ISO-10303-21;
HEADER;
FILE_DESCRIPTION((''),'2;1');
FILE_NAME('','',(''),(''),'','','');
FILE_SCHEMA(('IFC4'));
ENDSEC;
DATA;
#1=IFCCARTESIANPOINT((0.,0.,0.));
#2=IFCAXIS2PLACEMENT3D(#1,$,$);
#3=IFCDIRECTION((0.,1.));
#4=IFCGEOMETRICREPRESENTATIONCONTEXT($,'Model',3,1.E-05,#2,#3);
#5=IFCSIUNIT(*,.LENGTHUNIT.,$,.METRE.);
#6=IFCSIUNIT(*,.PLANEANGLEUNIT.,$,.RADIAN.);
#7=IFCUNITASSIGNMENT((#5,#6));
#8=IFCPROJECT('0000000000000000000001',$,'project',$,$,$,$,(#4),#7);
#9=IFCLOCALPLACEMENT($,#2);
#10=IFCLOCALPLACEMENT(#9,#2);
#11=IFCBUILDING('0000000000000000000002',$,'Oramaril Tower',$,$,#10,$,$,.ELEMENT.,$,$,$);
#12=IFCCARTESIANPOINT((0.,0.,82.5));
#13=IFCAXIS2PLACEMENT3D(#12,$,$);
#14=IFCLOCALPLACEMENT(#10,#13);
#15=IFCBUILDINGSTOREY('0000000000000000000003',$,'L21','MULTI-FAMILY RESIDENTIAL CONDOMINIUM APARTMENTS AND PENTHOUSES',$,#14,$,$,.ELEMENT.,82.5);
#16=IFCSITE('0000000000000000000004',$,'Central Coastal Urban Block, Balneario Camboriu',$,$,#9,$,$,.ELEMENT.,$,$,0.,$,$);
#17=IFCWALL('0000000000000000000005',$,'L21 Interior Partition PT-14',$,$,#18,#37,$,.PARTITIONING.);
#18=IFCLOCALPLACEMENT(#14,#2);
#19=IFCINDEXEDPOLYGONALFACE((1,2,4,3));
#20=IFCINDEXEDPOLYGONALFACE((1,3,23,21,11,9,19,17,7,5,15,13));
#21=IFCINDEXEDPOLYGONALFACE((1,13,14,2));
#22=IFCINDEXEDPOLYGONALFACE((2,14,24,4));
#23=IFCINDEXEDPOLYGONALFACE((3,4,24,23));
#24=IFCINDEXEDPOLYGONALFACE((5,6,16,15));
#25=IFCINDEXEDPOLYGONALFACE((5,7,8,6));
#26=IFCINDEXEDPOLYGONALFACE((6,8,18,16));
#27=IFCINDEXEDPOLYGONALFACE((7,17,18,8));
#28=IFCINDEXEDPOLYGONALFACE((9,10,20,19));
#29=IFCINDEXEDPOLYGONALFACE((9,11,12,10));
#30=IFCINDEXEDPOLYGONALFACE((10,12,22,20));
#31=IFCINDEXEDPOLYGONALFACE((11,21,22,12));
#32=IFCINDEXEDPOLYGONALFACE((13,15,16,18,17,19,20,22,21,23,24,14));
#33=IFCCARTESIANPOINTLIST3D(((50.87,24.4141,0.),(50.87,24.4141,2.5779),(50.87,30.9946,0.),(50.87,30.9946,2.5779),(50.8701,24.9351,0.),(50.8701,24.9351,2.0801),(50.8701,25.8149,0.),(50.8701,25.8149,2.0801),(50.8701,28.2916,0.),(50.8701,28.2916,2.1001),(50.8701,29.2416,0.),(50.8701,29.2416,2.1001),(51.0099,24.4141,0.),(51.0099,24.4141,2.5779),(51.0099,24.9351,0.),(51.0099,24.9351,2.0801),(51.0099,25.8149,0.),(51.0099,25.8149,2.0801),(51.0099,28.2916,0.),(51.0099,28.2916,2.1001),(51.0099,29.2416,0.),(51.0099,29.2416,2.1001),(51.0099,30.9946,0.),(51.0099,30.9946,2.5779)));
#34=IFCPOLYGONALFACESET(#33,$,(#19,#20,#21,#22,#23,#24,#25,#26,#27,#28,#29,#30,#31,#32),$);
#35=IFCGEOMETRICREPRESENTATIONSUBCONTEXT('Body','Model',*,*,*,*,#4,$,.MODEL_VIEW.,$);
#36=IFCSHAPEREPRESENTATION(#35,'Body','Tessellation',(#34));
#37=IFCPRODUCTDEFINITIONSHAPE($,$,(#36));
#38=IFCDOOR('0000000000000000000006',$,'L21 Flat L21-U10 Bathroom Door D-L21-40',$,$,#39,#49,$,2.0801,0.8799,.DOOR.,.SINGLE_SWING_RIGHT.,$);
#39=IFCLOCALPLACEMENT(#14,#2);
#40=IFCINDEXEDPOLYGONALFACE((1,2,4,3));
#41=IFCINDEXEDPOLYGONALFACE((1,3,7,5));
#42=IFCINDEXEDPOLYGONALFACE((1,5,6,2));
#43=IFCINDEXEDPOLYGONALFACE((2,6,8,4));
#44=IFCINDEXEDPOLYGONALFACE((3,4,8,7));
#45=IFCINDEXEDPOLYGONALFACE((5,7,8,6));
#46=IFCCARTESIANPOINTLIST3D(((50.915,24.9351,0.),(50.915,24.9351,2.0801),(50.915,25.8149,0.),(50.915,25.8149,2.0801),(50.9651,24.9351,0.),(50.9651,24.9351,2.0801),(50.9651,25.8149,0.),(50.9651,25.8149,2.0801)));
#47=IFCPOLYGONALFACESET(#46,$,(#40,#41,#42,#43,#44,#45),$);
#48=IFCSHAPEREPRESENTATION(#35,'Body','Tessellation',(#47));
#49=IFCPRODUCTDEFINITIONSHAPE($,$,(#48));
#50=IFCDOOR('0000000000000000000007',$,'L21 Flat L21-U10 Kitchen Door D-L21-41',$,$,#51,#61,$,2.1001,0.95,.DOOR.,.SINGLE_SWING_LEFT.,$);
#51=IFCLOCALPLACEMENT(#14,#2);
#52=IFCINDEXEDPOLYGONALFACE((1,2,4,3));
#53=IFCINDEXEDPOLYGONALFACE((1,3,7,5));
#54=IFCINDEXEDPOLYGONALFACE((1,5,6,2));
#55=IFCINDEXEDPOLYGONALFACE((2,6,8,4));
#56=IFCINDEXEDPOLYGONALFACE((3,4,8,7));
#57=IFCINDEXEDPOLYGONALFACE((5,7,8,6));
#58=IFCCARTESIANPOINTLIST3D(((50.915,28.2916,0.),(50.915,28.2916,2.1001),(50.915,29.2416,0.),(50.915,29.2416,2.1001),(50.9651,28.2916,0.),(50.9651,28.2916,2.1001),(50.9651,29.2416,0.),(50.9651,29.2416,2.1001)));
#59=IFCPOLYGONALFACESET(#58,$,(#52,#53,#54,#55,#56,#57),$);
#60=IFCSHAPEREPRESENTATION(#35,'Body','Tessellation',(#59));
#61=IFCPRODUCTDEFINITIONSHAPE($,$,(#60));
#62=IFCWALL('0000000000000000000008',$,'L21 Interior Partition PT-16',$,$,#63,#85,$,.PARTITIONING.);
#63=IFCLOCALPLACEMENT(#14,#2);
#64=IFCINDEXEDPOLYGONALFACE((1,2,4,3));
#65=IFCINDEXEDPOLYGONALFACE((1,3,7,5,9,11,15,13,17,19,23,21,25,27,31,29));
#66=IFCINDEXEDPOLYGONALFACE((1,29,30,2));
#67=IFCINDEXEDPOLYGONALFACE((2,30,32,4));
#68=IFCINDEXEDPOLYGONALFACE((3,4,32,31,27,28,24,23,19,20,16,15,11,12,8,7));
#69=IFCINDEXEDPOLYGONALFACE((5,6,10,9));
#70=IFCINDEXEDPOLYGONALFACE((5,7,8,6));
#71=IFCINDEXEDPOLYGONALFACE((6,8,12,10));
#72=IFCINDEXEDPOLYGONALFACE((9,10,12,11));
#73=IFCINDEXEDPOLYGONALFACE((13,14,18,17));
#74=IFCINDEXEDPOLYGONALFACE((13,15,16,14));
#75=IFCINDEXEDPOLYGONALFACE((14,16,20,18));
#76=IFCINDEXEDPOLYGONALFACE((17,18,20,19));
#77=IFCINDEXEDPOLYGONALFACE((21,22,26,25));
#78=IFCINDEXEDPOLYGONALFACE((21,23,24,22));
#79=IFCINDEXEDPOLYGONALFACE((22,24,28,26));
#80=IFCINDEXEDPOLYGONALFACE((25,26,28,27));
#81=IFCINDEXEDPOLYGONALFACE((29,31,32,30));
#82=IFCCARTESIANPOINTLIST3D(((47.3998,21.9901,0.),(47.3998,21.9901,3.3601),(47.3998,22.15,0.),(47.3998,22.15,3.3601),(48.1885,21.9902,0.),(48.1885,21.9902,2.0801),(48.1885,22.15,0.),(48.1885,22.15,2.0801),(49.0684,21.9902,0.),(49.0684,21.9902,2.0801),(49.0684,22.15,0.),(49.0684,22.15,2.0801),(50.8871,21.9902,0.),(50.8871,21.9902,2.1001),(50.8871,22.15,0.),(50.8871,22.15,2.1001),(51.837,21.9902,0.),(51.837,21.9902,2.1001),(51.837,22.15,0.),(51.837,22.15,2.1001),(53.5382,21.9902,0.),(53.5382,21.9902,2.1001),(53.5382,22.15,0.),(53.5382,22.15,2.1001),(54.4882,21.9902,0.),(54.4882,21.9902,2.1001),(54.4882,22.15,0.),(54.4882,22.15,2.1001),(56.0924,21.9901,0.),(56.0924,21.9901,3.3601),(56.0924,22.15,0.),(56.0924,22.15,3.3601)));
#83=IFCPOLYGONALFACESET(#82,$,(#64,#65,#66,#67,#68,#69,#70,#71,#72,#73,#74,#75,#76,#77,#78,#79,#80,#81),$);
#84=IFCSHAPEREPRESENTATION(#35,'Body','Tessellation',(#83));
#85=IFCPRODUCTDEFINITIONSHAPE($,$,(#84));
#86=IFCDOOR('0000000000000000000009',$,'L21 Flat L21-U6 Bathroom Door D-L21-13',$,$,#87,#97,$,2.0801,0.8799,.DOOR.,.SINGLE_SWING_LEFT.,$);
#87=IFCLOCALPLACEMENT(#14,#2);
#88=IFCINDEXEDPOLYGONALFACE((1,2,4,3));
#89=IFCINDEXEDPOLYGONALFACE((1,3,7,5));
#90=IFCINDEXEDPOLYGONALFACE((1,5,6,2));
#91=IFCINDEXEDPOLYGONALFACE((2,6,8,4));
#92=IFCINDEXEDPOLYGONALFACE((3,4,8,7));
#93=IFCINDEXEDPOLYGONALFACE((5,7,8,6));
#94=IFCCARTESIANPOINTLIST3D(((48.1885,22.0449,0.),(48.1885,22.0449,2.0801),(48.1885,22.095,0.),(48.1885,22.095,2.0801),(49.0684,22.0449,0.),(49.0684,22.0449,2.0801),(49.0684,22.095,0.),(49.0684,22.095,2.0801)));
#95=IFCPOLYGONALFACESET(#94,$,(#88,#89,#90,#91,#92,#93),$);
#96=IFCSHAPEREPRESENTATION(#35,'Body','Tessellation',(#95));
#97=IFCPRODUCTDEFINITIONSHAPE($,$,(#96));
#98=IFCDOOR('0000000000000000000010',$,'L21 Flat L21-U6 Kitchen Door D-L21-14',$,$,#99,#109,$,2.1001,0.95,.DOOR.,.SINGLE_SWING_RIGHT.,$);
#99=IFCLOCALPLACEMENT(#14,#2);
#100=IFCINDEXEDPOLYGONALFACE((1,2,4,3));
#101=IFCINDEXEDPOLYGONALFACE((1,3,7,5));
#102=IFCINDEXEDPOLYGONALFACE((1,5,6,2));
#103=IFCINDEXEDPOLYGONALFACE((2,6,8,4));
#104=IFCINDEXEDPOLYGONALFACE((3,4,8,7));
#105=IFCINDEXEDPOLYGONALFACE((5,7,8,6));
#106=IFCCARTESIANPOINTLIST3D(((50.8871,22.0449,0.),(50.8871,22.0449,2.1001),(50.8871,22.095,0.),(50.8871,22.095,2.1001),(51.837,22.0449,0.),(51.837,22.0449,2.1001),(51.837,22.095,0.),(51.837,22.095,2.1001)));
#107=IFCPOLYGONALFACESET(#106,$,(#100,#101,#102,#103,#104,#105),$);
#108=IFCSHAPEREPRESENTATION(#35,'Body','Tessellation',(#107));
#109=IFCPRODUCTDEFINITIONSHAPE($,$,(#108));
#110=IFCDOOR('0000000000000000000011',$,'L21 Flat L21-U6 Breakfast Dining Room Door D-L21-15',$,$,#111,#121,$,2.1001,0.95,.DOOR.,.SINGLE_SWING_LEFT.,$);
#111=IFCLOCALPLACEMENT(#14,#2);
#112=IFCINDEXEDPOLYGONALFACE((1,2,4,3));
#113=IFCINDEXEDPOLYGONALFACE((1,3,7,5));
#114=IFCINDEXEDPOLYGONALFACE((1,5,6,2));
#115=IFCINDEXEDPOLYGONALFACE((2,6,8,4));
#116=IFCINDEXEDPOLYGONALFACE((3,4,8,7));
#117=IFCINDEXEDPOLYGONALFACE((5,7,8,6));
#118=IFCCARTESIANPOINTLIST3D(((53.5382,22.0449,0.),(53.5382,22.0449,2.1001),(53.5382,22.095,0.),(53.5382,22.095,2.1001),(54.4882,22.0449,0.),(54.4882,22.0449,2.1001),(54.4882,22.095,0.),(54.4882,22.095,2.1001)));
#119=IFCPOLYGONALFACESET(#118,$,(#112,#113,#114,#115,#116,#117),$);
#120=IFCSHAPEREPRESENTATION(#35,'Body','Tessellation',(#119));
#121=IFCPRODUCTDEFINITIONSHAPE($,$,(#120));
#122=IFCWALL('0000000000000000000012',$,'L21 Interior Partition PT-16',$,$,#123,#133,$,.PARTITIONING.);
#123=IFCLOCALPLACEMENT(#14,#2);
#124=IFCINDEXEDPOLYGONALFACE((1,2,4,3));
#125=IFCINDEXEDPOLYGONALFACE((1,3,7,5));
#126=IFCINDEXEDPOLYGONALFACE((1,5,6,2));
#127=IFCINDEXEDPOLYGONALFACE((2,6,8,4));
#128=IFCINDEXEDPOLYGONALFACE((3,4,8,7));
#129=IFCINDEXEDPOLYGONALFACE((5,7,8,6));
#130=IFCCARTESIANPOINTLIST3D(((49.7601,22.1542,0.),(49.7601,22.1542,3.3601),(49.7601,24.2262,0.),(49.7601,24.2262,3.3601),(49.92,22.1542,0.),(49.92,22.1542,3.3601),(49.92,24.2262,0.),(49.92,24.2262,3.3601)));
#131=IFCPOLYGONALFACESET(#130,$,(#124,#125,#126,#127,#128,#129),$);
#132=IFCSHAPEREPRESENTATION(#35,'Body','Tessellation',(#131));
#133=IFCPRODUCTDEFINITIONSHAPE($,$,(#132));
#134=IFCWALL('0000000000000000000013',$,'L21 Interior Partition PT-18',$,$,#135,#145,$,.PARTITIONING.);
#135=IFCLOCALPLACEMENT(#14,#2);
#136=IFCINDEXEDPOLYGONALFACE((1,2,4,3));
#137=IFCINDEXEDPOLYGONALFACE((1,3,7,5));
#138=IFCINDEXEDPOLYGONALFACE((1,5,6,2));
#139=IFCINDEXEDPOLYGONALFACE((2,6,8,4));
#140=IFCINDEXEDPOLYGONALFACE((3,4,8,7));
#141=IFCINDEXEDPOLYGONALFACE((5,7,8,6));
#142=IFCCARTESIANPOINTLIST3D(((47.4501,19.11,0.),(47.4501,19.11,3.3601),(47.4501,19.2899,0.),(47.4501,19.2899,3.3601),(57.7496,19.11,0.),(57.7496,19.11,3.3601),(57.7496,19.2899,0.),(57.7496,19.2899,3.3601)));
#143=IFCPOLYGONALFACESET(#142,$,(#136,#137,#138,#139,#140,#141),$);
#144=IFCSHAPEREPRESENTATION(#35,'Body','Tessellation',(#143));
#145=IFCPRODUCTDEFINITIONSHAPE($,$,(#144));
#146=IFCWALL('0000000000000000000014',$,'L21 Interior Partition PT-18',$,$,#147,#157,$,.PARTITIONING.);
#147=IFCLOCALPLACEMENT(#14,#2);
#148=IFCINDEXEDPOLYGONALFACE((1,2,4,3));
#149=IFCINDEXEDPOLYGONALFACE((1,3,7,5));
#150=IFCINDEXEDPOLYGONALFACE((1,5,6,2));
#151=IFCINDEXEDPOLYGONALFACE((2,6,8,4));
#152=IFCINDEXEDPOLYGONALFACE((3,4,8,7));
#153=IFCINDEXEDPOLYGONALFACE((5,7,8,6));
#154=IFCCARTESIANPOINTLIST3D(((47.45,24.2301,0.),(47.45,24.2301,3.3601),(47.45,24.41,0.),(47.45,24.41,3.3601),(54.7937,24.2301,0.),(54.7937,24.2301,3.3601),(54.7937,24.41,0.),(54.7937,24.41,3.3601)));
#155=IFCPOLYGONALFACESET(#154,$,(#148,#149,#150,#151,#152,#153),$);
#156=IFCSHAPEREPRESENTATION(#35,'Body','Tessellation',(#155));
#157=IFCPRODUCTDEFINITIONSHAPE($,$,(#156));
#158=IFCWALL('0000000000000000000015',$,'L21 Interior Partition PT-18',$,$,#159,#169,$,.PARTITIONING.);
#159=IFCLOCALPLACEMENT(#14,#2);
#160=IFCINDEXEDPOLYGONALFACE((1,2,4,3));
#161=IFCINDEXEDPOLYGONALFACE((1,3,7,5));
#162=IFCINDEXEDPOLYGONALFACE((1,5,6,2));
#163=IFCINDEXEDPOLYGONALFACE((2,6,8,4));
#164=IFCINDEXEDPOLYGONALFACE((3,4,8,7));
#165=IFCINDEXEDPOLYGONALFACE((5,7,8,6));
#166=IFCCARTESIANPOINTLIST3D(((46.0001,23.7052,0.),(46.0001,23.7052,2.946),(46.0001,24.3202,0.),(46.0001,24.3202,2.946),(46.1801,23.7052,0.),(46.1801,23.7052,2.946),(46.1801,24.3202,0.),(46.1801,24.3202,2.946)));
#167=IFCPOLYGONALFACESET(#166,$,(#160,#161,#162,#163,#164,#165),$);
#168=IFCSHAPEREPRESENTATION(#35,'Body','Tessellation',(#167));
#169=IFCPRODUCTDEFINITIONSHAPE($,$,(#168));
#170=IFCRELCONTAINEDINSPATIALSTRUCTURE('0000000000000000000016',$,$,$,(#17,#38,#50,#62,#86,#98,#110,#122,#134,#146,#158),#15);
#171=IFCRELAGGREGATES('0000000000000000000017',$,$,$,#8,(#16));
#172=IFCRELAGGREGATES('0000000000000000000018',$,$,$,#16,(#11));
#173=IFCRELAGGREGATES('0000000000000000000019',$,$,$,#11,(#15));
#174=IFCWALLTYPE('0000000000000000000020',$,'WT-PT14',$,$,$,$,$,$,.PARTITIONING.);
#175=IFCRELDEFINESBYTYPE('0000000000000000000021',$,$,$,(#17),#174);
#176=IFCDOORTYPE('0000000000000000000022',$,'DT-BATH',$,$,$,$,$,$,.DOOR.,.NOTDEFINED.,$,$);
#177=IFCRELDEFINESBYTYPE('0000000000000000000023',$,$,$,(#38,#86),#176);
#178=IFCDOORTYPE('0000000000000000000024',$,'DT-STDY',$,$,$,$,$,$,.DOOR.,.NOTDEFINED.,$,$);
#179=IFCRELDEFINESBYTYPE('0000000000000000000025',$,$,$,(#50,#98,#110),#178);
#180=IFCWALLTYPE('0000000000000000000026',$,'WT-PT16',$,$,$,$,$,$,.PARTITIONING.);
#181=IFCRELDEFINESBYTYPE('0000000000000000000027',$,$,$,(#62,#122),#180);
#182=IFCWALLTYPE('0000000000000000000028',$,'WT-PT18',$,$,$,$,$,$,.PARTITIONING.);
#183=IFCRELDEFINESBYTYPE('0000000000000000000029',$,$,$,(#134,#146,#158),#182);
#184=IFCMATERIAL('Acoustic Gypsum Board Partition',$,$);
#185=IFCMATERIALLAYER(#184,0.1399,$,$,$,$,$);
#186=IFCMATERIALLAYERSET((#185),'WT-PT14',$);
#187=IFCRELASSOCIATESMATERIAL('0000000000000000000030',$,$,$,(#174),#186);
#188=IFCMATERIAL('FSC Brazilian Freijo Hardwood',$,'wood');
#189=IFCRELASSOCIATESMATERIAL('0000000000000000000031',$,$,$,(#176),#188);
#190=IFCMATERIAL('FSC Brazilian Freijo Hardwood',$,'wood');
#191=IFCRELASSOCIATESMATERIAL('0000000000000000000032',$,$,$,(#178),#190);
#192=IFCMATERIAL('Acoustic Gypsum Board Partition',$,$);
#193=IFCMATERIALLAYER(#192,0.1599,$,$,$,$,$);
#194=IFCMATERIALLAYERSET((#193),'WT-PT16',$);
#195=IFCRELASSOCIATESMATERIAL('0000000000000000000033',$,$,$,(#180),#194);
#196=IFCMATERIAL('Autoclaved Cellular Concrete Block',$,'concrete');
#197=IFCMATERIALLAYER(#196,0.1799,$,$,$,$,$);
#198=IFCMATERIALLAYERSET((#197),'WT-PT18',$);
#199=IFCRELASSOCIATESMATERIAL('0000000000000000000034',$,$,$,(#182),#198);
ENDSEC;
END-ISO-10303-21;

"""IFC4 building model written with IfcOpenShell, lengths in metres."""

from ifc_helpers import new_model, si_unit, direction, frame, frame_2d, origin, place, context, subcontext, project, spatial, rectangle, extrude, material, layer, layer_set, type_object, element, fill, save


model = new_model("IFC4")

# Units and contexts
model_context = context("Model", 3, precision=1e-05, world=origin(), true_north=direction((0.0, 1.0)))
body_context = subcontext(model_context, "Body", "Model", "MODEL_VIEW")
ifc_project = project(units=[si_unit("LENGTHUNIT", "METRE"), si_unit("PLANEANGLEUNIT", "RADIAN")], contexts=[model_context])

# Site, building, storey
site_placement = place(None, origin())
site = spatial("IfcSite", under=ifc_project, at=site_placement, Name="Central Coastal Urban Block, Balneario Camboriu", CompositionType="ELEMENT", RefElevation=0.0)
building_placement = place(site_placement, origin())
building = spatial("IfcBuilding", under=site, at=building_placement, Name="Oramaril Tower", CompositionType="ELEMENT")
storey_placement = place(building_placement, frame((0.0, 0.0, 82.5)))
storey = spatial("IfcBuildingStorey", under=building, at=storey_placement, Name="L21", Description="MULTI-FAMILY RESIDENTIAL CONDOMINIUM APARTMENTS AND PENTHOUSES", CompositionType="ELEMENT", Elevation=82.5)

# Walls, openings, doors
ifc_material_1 = material(Name="Acoustic Gypsum Board Partition")
ifc_layer_1 = layer(ifc_material_1, 0.1399)
ifc_layer_set_1 = layer_set([ifc_layer_1], Name="WT-PT14")
wall_type_1 = type_object("IfcWallType", Name="WT-PT14", PredefinedType="PARTITIONING", material=ifc_layer_set_1)
wall_1_placement = place(storey_placement, frame((50.9399, 24.4141, 0.0), z_axis=(0.0, 0.0, 1.0), x_axis=(0.0, 1.0, 0.0)))
wall_1 = element("IfcWall", 1, at=wall_1_placement, inside=storey, type_object=wall_type_1, Name="L21 Interior Partition PT-14", PredefinedType="PARTITIONING", context=body_context, shape_type="SweptSolid", body=[
    extrude(rectangle(XDim=6.5806, YDim=0.1399, at=frame_2d((3.2903, 0.0))), origin(), (0.0, 0.0, 1.0), 2.5779),
])
opening_1_placement = place(wall_1_placement, frame((0.521, 0.0, 0.0)))
opening_1 = element("IfcOpeningElement", 2, at=opening_1_placement, cuts=wall_1, PredefinedType="OPENING", context=body_context, shape_type="SweptSolid", body=[
    extrude(rectangle(XDim=0.8799, YDim=2.0801, at=frame_2d((0.4399, 1.04))), frame((0.0, 0.0698, 0.0), z_axis=(0.0, -1.0, 0.0), x_axis=(1.0, 0.0, 0.0)), (0.0, 0.0, 1.0), 0.1399),
])
opening_2_placement = place(wall_1_placement, frame((3.8774, 0.0, 0.0)))
opening_2 = element("IfcOpeningElement", 3, at=opening_2_placement, cuts=wall_1, PredefinedType="OPENING", context=body_context, shape_type="SweptSolid", body=[
    extrude(rectangle(XDim=0.95, YDim=2.1001, at=frame_2d((0.4751, 1.05))), frame((0.0, 0.0698, 0.0), z_axis=(0.0, -1.0, 0.0), x_axis=(1.0, 0.0, 0.0)), (0.0, 0.0, 1.0), 0.1399),
])
ifc_material_2 = material(Name="FSC Brazilian Freijo Hardwood", Category="wood")
door_type_1 = type_object("IfcDoorType", Name="DT-BATH", OperationType="NOTDEFINED", PredefinedType="DOOR", material=ifc_material_2)
door_1_placement = place(opening_1_placement, origin())
door_1 = element("IfcDoor", 4, at=door_1_placement, inside=storey, type_object=door_type_1, Name="L21 Flat L21-U10 Bathroom Door D-L21-40", OperationType="SINGLE_SWING_RIGHT", OverallHeight=2.0801, OverallWidth=0.8799, PredefinedType="DOOR", context=body_context, shape_type="SweptSolid", body=[
    extrude(rectangle(XDim=0.8799, YDim=2.0801, at=frame_2d((0.4399, 1.04))), frame((0.0, 0.0249, 0.0), z_axis=(0.0, -1.0, 0.0), x_axis=(1.0, 0.0, 0.0)), (0.0, 0.0, 1.0), 0.05),
])
fill(opening_1, door_1)
ifc_material_3 = material(Name="FSC Brazilian Freijo Hardwood", Category="wood")
door_type_2 = type_object("IfcDoorType", Name="DT-STDY", OperationType="NOTDEFINED", PredefinedType="DOOR", material=ifc_material_3)
door_2_placement = place(opening_2_placement, origin())
door_2 = element("IfcDoor", 5, at=door_2_placement, inside=storey, type_object=door_type_2, Name="L21 Flat L21-U10 Kitchen Door D-L21-41", OperationType="SINGLE_SWING_LEFT", OverallHeight=2.1001, OverallWidth=0.95, PredefinedType="DOOR", context=body_context, shape_type="SweptSolid", body=[
    extrude(rectangle(XDim=0.95, YDim=2.1001, at=frame_2d((0.4751, 1.05))), frame((0.0, 0.0249, 0.0), z_axis=(0.0, -1.0, 0.0), x_axis=(1.0, 0.0, 0.0)), (0.0, 0.0, 1.0), 0.05),
])
fill(opening_2, door_2)
ifc_material_4 = material(Name="Acoustic Gypsum Board Partition")
ifc_layer_2 = layer(ifc_material_4, 0.1599)
ifc_layer_set_2 = layer_set([ifc_layer_2], Name="WT-PT16")
wall_type_2 = type_object("IfcWallType", Name="WT-PT16", PredefinedType="PARTITIONING", material=ifc_layer_set_2)
wall_2_placement = place(storey_placement, frame((47.3999, 22.0701, 0.0), z_axis=(0.0, 0.0, 1.0), x_axis=(1.0, 0.0, 0.0)))
wall_2 = element("IfcWall", 6, at=wall_2_placement, inside=storey, type_object=wall_type_2, Name="L21 Interior Partition PT-16", PredefinedType="PARTITIONING", context=body_context, shape_type="SweptSolid", body=[
    extrude(rectangle(XDim=8.6926, YDim=0.1599, at=frame_2d((4.3462, 0.0))), origin(), (0.0, 0.0, 1.0), 3.3601),
])
opening_3_placement = place(wall_2_placement, frame((0.7886, 0.0, 0.0)))
opening_3 = element("IfcOpeningElement", 7, at=opening_3_placement, cuts=wall_2, PredefinedType="OPENING", context=body_context, shape_type="SweptSolid", body=[
    extrude(rectangle(XDim=0.8799, YDim=2.0801, at=frame_2d((0.4399, 1.04))), frame((0.0, 0.0801, 0.0), z_axis=(0.0, -1.0, 0.0), x_axis=(1.0, 0.0, 0.0)), (0.0, 0.0, 1.0), 0.1599),
])
opening_4_placement = place(wall_2_placement, frame((3.4871, 0.0, 0.0)))
opening_4 = element("IfcOpeningElement", 8, at=opening_4_placement, cuts=wall_2, PredefinedType="OPENING", context=body_context, shape_type="SweptSolid", body=[
    extrude(rectangle(XDim=0.95, YDim=2.1001, at=frame_2d((0.4751, 1.05))), frame((0.0, 0.0801, 0.0), z_axis=(0.0, -1.0, 0.0), x_axis=(1.0, 0.0, 0.0)), (0.0, 0.0, 1.0), 0.1599),
])
opening_5_placement = place(wall_2_placement, frame((6.1382, 0.0, 0.0)))
opening_5 = element("IfcOpeningElement", 9, at=opening_5_placement, cuts=wall_2, PredefinedType="OPENING", context=body_context, shape_type="SweptSolid", body=[
    extrude(rectangle(XDim=0.95, YDim=2.1001, at=frame_2d((0.4751, 1.05))), frame((0.0, 0.0801, 0.0), z_axis=(0.0, -1.0, 0.0), x_axis=(1.0, 0.0, 0.0)), (0.0, 0.0, 1.0), 0.1599),
])
door_3_placement = place(opening_3_placement, origin())
door_3 = element("IfcDoor", 10, at=door_3_placement, inside=storey, type_object=door_type_1, Name="L21 Flat L21-U6 Bathroom Door D-L21-13", OperationType="SINGLE_SWING_LEFT", OverallHeight=2.0801, OverallWidth=0.8799, PredefinedType="DOOR", context=body_context, shape_type="SweptSolid", body=[
    extrude(rectangle(XDim=0.8799, YDim=2.0801, at=frame_2d((0.4399, 1.04))), frame((0.0, 0.0249, 0.0), z_axis=(0.0, -1.0, 0.0), x_axis=(1.0, 0.0, 0.0)), (0.0, 0.0, 1.0), 0.05),
])
fill(opening_3, door_3)
door_4_placement = place(opening_4_placement, origin())
door_4 = element("IfcDoor", 11, at=door_4_placement, inside=storey, type_object=door_type_2, Name="L21 Flat L21-U6 Kitchen Door D-L21-14", OperationType="SINGLE_SWING_RIGHT", OverallHeight=2.1001, OverallWidth=0.95, PredefinedType="DOOR", context=body_context, shape_type="SweptSolid", body=[
    extrude(rectangle(XDim=0.95, YDim=2.1001, at=frame_2d((0.4751, 1.05))), frame((0.0, 0.0249, 0.0), z_axis=(0.0, -1.0, 0.0), x_axis=(1.0, 0.0, 0.0)), (0.0, 0.0, 1.0), 0.05),
])
fill(opening_4, door_4)
door_5_placement = place(opening_5_placement, origin())
door_5 = element("IfcDoor", 12, at=door_5_placement, inside=storey, type_object=door_type_2, Name="L21 Flat L21-U6 Breakfast Dining Room Door D-L21-15", OperationType="SINGLE_SWING_LEFT", OverallHeight=2.1001, OverallWidth=0.95, PredefinedType="DOOR", context=body_context, shape_type="SweptSolid", body=[
    extrude(rectangle(XDim=0.95, YDim=2.1001, at=frame_2d((0.4751, 1.05))), frame((0.0, 0.0249, 0.0), z_axis=(0.0, -1.0, 0.0), x_axis=(1.0, 0.0, 0.0)), (0.0, 0.0, 1.0), 0.05),
])
fill(opening_5, door_5)

# Walls
wall_3_placement = place(storey_placement, frame((49.8401, 22.1541, 0.0), z_axis=(0.0, 0.0, 1.0), x_axis=(0.0, 1.0, 0.0)))
element("IfcWall", 13, at=wall_3_placement, inside=storey, type_object=wall_type_2, Name="L21 Interior Partition PT-16", PredefinedType="PARTITIONING", context=body_context, shape_type="SweptSolid", body=[
    extrude(rectangle(XDim=2.072, YDim=0.1599, at=frame_2d((1.0361, 0.0))), origin(), (0.0, 0.0, 1.0), 3.3601),
])
ifc_material_5 = material(Name="Autoclaved Cellular Concrete Block", Category="concrete")
ifc_layer_3 = layer(ifc_material_5, 0.1799)
ifc_layer_set_3 = layer_set([ifc_layer_3], Name="WT-PT18")
wall_type_3 = type_object("IfcWallType", Name="WT-PT18", PredefinedType="PARTITIONING", material=ifc_layer_set_3)
wall_4_placement = place(storey_placement, frame((47.45, 19.2, 0.0), z_axis=(0.0, 0.0, 1.0), x_axis=(1.0, 0.0, 0.0)))
element("IfcWall", 14, at=wall_4_placement, inside=storey, type_object=wall_type_3, Name="L21 Interior Partition PT-18", PredefinedType="PARTITIONING", context=body_context, shape_type="SweptSolid", body=[
    extrude(rectangle(XDim=10.2996, YDim=0.1799, at=frame_2d((5.1499, 0.0))), origin(), (0.0, 0.0, 1.0), 3.3601),
])
wall_5_placement = place(storey_placement, frame((47.45, 24.3201, 0.0), z_axis=(0.0, 0.0, 1.0), x_axis=(1.0, 0.0, 0.0)))
element("IfcWall", 15, at=wall_5_placement, inside=storey, type_object=wall_type_3, Name="L21 Interior Partition PT-18", PredefinedType="PARTITIONING", context=body_context, shape_type="SweptSolid", body=[
    extrude(rectangle(XDim=7.3438, YDim=0.1799, at=frame_2d((3.6719, 0.0))), origin(), (0.0, 0.0, 1.0), 3.3601),
])
wall_6_placement = place(storey_placement, frame((46.0901, 23.7051, 0.0), z_axis=(0.0, 0.0, 1.0), x_axis=(0.0, 1.0, 0.0)))
element("IfcWall", 16, at=wall_6_placement, inside=storey, type_object=wall_type_3, Name="L21 Interior Partition PT-18", PredefinedType="PARTITIONING", context=body_context, shape_type="SweptSolid", body=[
    extrude(rectangle(XDim=0.615, YDim=0.1799, at=frame_2d((0.3076, 0.0))), origin(), (0.0, 0.0, 1.0), 2.946),
])

save(model, "model.ifc")
